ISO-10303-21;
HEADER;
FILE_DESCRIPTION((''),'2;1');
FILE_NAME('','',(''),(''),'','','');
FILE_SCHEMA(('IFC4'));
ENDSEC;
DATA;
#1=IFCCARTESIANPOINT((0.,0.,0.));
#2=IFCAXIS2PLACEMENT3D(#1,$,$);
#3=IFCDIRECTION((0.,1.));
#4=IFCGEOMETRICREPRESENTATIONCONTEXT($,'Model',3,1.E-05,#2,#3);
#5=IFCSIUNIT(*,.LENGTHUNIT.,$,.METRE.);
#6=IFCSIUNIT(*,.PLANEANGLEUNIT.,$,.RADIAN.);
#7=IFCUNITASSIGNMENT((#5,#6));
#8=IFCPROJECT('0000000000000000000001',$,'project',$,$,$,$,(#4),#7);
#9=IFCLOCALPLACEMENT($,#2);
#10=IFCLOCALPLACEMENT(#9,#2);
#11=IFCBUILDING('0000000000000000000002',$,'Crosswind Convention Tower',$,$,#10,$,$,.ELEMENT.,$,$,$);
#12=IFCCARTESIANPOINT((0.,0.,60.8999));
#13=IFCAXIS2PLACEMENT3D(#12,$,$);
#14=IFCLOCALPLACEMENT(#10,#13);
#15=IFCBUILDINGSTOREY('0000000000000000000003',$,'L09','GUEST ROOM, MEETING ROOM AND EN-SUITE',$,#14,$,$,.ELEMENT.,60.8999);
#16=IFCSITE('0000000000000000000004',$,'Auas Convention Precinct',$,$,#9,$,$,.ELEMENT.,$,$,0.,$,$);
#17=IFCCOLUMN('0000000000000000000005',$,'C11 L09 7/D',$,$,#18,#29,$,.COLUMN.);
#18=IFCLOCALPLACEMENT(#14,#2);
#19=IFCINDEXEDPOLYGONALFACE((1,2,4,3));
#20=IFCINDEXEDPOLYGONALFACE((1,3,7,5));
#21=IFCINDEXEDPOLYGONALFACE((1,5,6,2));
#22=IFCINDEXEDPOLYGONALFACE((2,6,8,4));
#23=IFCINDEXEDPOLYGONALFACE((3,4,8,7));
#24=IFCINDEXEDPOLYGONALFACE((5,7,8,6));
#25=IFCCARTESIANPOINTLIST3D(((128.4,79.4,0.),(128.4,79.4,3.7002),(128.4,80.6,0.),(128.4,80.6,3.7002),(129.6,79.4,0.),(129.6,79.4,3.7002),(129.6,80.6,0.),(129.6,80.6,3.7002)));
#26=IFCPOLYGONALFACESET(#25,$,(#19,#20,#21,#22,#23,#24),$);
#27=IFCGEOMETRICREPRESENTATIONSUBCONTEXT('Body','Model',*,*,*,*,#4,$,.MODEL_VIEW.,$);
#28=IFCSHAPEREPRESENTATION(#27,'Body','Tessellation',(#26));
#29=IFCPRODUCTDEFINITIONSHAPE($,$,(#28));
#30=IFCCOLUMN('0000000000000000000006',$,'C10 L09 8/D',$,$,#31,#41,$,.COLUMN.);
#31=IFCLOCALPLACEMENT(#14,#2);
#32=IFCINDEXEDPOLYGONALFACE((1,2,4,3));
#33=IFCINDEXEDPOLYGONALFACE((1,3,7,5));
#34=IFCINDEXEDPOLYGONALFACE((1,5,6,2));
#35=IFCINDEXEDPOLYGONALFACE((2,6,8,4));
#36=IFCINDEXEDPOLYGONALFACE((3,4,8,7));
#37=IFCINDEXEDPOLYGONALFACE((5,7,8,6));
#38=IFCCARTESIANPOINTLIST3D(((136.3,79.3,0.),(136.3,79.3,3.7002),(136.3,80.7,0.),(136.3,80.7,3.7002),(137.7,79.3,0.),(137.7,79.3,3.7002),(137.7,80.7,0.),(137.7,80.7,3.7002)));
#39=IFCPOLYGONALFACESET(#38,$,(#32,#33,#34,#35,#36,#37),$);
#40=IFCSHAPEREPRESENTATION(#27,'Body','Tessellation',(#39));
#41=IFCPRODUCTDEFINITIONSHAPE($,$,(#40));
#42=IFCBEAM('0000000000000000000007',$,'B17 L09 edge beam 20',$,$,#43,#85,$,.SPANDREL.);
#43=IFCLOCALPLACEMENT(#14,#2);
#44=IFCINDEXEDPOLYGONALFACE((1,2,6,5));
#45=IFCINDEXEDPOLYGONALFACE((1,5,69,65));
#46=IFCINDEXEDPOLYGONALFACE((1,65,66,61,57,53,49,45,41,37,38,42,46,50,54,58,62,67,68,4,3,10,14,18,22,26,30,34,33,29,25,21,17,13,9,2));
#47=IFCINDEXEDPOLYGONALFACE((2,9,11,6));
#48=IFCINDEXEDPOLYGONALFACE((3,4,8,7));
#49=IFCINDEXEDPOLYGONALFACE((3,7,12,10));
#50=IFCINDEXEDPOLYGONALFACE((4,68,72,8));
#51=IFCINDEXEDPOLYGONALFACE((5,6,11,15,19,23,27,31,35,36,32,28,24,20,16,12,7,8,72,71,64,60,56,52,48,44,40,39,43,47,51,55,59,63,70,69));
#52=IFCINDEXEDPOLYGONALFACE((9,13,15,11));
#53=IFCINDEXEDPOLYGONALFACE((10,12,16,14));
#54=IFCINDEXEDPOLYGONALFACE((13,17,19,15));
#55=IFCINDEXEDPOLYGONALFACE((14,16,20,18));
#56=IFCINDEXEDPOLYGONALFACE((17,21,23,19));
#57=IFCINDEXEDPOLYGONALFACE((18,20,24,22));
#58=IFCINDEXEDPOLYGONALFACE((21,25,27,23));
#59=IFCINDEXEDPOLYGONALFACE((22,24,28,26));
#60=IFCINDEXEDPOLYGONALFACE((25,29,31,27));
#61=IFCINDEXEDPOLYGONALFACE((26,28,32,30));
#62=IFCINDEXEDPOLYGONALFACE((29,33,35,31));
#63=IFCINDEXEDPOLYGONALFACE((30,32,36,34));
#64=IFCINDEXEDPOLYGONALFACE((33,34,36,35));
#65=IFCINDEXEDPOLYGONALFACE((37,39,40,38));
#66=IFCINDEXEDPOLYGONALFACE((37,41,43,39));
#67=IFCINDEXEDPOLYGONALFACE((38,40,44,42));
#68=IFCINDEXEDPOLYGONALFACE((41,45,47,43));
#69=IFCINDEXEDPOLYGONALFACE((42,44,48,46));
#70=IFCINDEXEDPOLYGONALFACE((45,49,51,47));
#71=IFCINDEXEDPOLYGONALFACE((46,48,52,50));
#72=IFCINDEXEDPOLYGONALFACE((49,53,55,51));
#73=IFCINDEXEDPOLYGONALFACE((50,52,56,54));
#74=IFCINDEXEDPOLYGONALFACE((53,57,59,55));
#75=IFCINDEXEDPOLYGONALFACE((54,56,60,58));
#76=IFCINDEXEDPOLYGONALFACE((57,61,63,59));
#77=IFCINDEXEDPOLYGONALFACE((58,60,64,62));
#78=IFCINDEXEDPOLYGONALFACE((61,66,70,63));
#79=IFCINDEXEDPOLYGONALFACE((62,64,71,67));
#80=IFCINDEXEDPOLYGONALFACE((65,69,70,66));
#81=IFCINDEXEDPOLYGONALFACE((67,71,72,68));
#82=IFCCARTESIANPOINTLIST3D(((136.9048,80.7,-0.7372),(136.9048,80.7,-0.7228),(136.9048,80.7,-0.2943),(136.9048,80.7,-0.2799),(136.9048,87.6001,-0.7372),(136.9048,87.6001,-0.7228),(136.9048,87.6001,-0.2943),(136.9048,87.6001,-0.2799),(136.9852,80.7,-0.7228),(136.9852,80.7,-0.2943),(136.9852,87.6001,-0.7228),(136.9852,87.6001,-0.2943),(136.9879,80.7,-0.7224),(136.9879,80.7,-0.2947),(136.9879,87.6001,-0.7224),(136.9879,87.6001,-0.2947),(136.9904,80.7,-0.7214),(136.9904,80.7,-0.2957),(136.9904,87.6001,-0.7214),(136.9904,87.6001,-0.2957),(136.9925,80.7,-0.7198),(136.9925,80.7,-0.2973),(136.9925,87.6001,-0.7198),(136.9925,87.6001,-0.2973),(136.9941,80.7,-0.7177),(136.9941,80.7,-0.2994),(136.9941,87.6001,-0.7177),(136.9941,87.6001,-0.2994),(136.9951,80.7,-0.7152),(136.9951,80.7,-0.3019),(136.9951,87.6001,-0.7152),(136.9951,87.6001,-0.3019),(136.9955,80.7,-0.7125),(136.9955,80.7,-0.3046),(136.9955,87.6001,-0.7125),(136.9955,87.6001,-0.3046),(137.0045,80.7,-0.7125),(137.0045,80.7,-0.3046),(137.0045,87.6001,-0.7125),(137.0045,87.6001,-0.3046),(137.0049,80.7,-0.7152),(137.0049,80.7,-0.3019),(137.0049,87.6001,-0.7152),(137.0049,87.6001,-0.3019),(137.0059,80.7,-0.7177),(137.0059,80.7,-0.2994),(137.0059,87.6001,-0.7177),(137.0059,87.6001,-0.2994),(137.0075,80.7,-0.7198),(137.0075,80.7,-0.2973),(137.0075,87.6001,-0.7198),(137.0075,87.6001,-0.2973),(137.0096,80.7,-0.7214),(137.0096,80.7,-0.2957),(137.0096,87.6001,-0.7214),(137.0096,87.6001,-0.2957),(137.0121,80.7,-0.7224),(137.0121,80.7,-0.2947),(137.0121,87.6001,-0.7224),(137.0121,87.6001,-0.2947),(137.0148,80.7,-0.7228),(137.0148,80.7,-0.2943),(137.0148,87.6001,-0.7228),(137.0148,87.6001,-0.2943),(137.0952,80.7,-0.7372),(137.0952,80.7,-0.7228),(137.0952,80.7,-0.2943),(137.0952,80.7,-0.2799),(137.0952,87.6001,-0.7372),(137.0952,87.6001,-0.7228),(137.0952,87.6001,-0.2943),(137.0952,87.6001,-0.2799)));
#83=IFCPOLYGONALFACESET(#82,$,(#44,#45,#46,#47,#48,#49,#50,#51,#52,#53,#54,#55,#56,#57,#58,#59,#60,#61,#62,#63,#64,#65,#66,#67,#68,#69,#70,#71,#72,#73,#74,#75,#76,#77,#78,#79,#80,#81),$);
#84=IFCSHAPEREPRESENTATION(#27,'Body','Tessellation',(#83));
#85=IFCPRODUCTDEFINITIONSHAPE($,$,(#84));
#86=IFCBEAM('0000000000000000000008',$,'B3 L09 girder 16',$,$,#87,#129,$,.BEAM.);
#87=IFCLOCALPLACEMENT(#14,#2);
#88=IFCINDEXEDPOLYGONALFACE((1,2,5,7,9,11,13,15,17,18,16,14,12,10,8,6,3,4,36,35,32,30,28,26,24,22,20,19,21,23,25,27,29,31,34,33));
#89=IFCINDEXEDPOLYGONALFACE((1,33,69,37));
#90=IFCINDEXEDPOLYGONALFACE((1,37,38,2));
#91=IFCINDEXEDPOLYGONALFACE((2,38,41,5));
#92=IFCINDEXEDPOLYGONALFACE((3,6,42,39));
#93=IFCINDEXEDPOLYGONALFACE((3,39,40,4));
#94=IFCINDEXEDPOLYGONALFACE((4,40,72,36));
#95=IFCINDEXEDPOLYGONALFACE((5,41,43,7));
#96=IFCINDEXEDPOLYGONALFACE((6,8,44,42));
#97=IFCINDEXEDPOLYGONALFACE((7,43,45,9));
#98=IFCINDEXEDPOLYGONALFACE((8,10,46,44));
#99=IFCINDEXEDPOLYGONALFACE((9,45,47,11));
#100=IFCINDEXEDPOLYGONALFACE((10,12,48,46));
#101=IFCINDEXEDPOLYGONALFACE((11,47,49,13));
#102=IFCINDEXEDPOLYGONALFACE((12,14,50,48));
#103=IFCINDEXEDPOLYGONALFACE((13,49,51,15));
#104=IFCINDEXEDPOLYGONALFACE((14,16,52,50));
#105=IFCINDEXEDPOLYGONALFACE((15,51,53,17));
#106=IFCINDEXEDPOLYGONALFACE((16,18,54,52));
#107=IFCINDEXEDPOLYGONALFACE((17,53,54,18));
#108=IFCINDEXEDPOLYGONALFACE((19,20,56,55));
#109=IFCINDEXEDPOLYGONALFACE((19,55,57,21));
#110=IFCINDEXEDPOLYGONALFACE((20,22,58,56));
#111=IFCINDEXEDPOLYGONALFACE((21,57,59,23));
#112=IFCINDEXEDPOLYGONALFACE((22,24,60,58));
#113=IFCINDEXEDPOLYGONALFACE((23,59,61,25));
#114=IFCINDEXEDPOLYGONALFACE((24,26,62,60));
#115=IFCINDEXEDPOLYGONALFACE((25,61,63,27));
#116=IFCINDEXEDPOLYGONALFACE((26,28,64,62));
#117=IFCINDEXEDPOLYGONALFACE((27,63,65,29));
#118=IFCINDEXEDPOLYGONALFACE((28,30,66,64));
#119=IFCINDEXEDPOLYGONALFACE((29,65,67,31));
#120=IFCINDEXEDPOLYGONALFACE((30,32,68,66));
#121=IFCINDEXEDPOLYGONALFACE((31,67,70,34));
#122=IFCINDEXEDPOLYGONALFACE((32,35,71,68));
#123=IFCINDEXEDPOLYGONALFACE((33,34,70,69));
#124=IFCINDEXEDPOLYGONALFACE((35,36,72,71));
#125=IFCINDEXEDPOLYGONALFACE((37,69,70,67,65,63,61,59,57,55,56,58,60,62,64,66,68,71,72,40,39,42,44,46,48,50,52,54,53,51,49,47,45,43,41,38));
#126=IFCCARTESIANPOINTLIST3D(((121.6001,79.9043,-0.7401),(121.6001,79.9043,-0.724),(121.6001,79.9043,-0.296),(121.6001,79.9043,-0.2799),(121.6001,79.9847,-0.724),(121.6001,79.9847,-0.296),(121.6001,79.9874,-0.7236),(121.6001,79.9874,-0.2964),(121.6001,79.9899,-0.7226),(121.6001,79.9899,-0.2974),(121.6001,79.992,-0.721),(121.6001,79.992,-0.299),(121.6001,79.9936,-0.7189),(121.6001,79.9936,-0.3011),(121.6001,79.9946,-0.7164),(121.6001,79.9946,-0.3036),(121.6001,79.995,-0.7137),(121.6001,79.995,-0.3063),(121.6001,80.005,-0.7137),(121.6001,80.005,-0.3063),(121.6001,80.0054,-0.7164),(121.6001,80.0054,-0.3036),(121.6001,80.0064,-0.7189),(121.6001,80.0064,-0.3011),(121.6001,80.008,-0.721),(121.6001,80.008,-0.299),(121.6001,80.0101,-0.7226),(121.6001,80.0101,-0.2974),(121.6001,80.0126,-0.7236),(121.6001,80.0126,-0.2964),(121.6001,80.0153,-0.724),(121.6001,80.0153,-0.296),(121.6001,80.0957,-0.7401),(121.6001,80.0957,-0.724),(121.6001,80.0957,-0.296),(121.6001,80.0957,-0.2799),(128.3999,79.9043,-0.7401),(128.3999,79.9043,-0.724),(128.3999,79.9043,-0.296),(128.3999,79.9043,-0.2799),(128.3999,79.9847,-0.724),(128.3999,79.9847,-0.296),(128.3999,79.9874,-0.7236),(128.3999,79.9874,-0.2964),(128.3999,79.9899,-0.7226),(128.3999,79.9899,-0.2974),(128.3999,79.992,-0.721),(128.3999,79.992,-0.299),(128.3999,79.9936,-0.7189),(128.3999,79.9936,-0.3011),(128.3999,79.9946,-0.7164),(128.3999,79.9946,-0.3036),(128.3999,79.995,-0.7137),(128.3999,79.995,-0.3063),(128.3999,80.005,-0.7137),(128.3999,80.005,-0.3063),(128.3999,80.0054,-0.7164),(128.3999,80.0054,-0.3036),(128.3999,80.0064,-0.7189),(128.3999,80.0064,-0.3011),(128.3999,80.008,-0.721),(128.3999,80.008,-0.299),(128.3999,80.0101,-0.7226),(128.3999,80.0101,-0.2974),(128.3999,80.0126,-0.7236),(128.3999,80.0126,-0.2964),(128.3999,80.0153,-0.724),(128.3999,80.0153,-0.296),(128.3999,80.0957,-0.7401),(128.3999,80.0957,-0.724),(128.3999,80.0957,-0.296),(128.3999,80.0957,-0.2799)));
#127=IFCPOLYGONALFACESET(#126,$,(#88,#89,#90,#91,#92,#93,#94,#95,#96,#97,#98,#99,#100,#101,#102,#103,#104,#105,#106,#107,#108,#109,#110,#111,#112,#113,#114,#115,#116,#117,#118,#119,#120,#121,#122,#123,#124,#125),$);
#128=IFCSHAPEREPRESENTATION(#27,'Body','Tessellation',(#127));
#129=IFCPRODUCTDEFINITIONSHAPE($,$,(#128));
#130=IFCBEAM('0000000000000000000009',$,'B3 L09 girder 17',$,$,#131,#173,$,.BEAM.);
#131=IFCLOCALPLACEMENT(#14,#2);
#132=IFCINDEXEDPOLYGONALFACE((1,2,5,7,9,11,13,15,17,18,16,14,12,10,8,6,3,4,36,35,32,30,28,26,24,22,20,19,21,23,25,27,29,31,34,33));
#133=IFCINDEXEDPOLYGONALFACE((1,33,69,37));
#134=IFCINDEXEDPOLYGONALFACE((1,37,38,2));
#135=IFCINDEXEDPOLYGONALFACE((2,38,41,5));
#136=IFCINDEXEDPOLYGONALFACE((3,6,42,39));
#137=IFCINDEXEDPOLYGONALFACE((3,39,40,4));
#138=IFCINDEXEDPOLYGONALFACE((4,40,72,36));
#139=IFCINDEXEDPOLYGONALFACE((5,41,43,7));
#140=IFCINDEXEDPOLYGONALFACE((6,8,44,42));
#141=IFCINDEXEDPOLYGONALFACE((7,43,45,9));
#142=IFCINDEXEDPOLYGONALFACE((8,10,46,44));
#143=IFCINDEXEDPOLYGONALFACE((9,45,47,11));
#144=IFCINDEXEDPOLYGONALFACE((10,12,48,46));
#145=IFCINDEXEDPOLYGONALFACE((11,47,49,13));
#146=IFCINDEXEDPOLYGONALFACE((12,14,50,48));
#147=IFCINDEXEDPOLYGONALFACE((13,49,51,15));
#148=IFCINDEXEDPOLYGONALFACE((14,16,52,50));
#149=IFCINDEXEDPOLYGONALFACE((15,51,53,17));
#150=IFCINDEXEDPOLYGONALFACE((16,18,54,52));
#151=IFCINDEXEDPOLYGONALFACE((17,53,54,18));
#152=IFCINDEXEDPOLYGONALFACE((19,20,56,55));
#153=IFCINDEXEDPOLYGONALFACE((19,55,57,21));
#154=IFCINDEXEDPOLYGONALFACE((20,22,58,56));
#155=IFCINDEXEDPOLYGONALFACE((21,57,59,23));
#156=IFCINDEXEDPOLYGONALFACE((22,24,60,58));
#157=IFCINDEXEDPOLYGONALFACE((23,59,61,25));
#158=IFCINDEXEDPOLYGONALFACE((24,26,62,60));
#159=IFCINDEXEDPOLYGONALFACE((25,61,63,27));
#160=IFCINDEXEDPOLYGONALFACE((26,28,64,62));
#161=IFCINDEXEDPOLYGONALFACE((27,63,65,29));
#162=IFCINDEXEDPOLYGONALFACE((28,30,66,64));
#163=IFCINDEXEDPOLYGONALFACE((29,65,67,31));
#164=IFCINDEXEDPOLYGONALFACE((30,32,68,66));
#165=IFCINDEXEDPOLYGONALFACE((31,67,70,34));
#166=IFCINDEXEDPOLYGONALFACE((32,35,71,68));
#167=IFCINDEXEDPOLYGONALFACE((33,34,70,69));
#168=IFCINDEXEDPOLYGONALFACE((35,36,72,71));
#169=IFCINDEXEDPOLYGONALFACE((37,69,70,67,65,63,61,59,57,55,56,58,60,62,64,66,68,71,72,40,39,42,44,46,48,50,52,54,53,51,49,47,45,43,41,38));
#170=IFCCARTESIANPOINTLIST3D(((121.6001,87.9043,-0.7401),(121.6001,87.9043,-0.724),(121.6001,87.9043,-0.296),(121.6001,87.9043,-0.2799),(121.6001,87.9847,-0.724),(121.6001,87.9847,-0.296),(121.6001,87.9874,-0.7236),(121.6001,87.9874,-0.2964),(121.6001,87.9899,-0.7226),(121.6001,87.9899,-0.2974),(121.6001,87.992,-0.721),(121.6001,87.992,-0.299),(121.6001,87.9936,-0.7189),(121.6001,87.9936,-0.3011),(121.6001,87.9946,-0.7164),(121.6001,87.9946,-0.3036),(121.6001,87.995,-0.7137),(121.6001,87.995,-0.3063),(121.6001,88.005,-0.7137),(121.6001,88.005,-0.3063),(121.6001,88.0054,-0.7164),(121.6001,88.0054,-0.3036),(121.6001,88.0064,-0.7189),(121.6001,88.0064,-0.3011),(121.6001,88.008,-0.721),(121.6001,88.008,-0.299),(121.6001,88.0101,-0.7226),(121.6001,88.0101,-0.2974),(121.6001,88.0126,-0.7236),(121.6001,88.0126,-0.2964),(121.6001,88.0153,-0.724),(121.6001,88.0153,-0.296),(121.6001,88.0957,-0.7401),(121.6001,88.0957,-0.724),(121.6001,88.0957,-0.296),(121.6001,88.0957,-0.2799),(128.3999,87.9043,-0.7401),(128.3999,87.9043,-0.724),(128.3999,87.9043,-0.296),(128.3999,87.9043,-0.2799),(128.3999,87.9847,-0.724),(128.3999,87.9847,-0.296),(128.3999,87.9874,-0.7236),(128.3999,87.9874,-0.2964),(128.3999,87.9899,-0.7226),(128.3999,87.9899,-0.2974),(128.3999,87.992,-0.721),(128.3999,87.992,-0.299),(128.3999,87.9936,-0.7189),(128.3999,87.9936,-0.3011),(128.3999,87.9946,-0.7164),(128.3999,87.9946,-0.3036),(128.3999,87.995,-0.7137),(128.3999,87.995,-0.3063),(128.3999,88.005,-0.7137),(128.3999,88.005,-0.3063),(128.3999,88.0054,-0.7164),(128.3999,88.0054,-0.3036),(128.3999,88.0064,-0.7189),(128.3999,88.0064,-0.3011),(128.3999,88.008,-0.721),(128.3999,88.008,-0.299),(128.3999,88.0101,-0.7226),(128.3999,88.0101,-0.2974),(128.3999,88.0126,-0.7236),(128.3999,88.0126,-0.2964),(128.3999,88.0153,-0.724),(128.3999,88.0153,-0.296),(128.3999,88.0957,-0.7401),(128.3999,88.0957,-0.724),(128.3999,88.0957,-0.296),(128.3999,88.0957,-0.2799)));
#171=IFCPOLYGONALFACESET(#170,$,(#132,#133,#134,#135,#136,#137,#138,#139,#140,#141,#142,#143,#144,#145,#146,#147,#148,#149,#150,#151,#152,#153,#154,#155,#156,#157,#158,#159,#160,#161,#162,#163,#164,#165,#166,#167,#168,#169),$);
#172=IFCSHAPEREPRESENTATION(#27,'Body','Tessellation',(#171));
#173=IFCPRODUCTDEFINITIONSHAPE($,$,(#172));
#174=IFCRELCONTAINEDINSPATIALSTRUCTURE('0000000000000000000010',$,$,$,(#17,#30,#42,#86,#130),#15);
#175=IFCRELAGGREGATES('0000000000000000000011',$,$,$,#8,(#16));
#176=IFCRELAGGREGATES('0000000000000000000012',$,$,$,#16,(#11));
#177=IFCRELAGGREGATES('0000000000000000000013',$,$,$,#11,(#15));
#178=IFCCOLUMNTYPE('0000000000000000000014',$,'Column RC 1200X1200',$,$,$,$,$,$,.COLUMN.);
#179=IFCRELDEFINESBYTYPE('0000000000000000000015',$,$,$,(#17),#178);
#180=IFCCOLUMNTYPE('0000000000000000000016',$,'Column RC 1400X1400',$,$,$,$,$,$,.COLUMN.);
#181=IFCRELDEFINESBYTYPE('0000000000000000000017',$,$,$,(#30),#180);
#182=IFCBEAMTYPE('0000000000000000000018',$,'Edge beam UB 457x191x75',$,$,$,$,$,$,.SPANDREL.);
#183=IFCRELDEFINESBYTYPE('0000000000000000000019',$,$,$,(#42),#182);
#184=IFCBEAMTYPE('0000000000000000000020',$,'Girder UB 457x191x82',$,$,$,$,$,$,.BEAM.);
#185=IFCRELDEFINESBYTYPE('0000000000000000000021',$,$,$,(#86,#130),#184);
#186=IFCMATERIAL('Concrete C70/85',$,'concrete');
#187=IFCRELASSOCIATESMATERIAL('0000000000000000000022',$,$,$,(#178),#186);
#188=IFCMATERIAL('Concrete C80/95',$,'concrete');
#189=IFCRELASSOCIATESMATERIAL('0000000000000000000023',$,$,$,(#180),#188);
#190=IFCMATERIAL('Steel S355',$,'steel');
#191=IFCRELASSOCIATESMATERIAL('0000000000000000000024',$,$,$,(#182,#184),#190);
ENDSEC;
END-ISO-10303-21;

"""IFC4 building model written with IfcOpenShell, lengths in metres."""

from ifc_helpers import new_model, si_unit, direction, frame, origin, origin_2d, place, context, subcontext, project, spatial, rectangle, i_section, extrude, material, material_profile, profile_set, type_object, element, save


model = new_model("IFC4")

# Units and contexts
model_context = context("Model", 3, precision=1e-05, world=origin(), true_north=direction((0.0, 1.0)))
body_context = subcontext(model_context, "Body", "Model", "MODEL_VIEW")
ifc_project = project(units=[si_unit("LENGTHUNIT", "METRE"), si_unit("PLANEANGLEUNIT", "RADIAN")], contexts=[model_context])

# Site, building, storey
site_placement = place(None, origin())
site = spatial("IfcSite", under=ifc_project, at=site_placement, Name="Auas Convention Precinct", CompositionType="ELEMENT", RefElevation=0.0)
building_placement = place(site_placement, origin())
building = spatial("IfcBuilding", under=site, at=building_placement, Name="Crosswind Convention Tower", CompositionType="ELEMENT")
storey_placement = place(building_placement, frame((0.0, 0.0, 60.8999)))
storey = spatial("IfcBuildingStorey", under=building, at=storey_placement, Name="L09", Description="GUEST ROOM, MEETING ROOM AND EN-SUITE", CompositionType="ELEMENT", Elevation=60.8999)

# Columns
ifc_material_1 = material(Name="Concrete C70/85", Category="concrete")
ifc_material_profile_1 = material_profile(ifc_material_1, rectangle(XDim=1.2, YDim=1.2, at=origin_2d()), Name="RC 1200X1200")
ifc_profile_set_1 = profile_set([ifc_material_profile_1], Name="Concrete C70/85")
column_type_1 = type_object("IfcColumnType", Name="Column RC 1200X1200", PredefinedType="COLUMN", material=ifc_profile_set_1)
column_1_placement = place(storey_placement, frame((129.0, 80.0, 0.0), z_axis=(0.0, 0.0, 1.0), x_axis=(1.0, 0.0, 0.0)))
element("IfcColumn", 1, at=column_1_placement, inside=storey, type_object=column_type_1, Name="C11 L09 7/D", PredefinedType="COLUMN", context=body_context, shape_type="SweptSolid", body=[
    extrude(rectangle(XDim=1.2, YDim=1.2, at=origin_2d()), origin(), (0.0, 0.0, 1.0), 3.7002),
])
ifc_material_2 = material(Name="Concrete C80/95", Category="concrete")
ifc_material_profile_2 = material_profile(ifc_material_2, rectangle(XDim=1.3999, YDim=1.3999, at=origin_2d()), Name="RC 1400X1400")
ifc_profile_set_2 = profile_set([ifc_material_profile_2], Name="Concrete C80/95")
column_type_2 = type_object("IfcColumnType", Name="Column RC 1400X1400", PredefinedType="COLUMN", material=ifc_profile_set_2)
column_2_placement = place(storey_placement, frame((137.0, 80.0, 0.0), z_axis=(0.0, 0.0, 1.0), x_axis=(1.0, 0.0, 0.0)))
element("IfcColumn", 2, at=column_2_placement, inside=storey, type_object=column_type_2, Name="C10 L09 8/D", PredefinedType="COLUMN", context=body_context, shape_type="SweptSolid", body=[
    extrude(rectangle(XDim=1.3999, YDim=1.3999, at=origin_2d()), origin(), (0.0, 0.0, 1.0), 3.7002),
])

# Beams
ifc_material_3 = material(Name="Steel S355", Category="steel")
ifc_material_profile_3 = material_profile(ifc_material_3, i_section(OverallWidth=0.1904, OverallDepth=0.4573, WebThickness=0.009, FlangeThickness=0.0144, FilletRadius=0.0103, at=origin_2d()), Name="UB 457x191x75")
ifc_profile_set_3 = profile_set([ifc_material_profile_3], Name="Steel S355")
beam_type_1 = type_object("IfcBeamType", Name="Edge beam UB 457x191x75", PredefinedType="SPANDREL", material=ifc_profile_set_3)
beam_1_placement = place(storey_placement, frame((137.0, 80.7, -0.5085), z_axis=(0.0, 1.0, 0.0), x_axis=(-1.0, 0.0, 0.0)))
element("IfcBeam", 3, at=beam_1_placement, inside=storey, type_object=beam_type_1, Name="B17 L09 edge beam 20", PredefinedType="SPANDREL", context=body_context, shape_type="SweptSolid", body=[
    extrude(i_section(OverallWidth=0.1904, OverallDepth=0.4573, WebThickness=0.009, FlangeThickness=0.0144, FilletRadius=0.0103, at=origin_2d()), origin(), (0.0, 0.0, 1.0), 6.9001),
])
ifc_material_profile_4 = material_profile(ifc_material_3, i_section(OverallWidth=0.1914, OverallDepth=0.4602, WebThickness=0.01, FlangeThickness=0.0161, FilletRadius=0.0103, at=origin_2d()), Name="UB 457x191x82")
ifc_profile_set_4 = profile_set([ifc_material_profile_4], Name="Steel S355")
beam_type_2 = type_object("IfcBeamType", Name="Girder UB 457x191x82", PredefinedType="BEAM", material=ifc_profile_set_4)
for number, where, z_axis, x_axis, name in (
    (4, (121.6001, 80.0, -0.51), (1.0, 0.0, 0.0), (0.0, 1.0, 0.0), "B3 L09 girder 16"),
    (5, (121.6001, 88.0, -0.51), (1.0, 0.0, 0.0), (0.0, 1.0, 0.0), "B3 L09 girder 17"),
):
    element("IfcBeam", number, at=place(storey_placement, frame(where, z_axis=z_axis, x_axis=x_axis)), inside=storey, type_object=beam_type_2, Name=name, PredefinedType="BEAM", context=body_context, shape_type="SweptSolid", body=[
        extrude(i_section(OverallWidth=0.1914, OverallDepth=0.4602, WebThickness=0.01, FlangeThickness=0.0161, FilletRadius=0.0103, at=origin_2d()), origin(), (0.0, 0.0, 1.0), 6.7998),
    ])

save(model, "model.ifc")
